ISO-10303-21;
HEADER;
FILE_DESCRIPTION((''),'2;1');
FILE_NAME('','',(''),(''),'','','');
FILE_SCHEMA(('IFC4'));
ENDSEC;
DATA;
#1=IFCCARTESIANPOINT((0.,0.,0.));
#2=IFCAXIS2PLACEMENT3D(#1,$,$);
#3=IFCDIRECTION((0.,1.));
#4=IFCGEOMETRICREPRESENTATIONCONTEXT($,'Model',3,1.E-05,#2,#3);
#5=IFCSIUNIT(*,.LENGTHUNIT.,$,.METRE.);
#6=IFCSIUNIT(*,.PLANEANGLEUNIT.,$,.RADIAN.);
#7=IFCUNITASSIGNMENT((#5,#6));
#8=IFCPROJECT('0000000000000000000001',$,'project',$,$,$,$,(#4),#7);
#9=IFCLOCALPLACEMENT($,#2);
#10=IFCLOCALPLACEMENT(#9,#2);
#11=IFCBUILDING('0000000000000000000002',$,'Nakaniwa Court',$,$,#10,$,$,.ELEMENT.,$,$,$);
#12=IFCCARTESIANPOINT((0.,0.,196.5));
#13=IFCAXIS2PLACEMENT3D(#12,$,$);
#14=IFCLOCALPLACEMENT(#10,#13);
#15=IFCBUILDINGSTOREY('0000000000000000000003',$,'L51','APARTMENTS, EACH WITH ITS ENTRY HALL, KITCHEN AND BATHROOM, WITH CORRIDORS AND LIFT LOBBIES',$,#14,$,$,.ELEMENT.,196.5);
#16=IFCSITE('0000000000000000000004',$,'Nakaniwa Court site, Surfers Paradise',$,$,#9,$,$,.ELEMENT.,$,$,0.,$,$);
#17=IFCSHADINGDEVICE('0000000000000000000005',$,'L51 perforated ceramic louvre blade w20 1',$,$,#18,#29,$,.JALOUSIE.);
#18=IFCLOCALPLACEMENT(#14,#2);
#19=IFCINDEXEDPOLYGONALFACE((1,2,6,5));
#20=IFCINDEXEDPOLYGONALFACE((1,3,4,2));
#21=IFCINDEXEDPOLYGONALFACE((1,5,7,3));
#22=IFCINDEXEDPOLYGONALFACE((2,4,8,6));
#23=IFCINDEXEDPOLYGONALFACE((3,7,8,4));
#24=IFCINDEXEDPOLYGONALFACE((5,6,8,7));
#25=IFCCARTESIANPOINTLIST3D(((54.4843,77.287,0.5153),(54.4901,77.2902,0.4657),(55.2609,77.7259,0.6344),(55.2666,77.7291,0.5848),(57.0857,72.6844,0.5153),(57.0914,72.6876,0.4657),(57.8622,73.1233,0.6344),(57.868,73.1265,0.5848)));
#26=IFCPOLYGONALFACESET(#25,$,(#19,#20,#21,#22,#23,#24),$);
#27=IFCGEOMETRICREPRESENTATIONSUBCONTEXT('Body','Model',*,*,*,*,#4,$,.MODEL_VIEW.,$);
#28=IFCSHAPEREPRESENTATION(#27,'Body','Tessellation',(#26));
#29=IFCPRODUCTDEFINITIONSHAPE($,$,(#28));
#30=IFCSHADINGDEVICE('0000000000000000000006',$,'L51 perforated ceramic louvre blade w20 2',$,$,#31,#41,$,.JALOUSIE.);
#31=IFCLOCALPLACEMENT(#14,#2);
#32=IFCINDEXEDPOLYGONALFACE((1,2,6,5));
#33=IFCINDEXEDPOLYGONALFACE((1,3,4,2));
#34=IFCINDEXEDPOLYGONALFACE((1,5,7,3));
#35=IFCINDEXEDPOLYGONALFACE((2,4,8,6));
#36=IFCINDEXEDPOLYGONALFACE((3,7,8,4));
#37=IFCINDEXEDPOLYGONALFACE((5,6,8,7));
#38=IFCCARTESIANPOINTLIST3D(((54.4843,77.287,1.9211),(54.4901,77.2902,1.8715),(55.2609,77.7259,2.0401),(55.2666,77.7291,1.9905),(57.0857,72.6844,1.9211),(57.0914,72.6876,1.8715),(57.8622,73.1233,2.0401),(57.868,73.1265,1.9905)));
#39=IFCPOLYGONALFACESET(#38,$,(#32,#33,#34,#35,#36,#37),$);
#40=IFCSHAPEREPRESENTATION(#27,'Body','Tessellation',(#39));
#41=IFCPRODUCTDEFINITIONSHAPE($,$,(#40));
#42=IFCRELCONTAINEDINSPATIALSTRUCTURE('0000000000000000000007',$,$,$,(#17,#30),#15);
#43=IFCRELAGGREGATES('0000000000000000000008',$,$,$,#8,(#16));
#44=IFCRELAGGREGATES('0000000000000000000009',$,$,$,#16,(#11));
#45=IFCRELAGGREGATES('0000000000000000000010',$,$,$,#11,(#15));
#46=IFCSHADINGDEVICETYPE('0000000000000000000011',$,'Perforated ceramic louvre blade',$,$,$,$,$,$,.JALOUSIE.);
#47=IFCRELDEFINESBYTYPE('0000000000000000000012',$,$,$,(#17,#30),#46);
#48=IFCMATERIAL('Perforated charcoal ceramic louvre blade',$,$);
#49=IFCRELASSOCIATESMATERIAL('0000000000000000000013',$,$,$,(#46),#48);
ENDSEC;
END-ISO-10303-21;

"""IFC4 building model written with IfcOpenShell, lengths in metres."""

from ifc_helpers import new_model, si_unit, direction, frame, origin, origin_2d, place, context, subcontext, project, spatial, rectangle, extrude, material, material_profile, profile_set, type_object, element, save


model = new_model("IFC4")

# Units and contexts
model_context = context("Model", 3, precision=1e-05, world=origin(), true_north=direction((0.0, 1.0)))
body_context = subcontext(model_context, "Body", "Model", "MODEL_VIEW")
ifc_project = project(units=[si_unit("LENGTHUNIT", "METRE"), si_unit("PLANEANGLEUNIT", "RADIAN")], contexts=[model_context])

# Site, building, storey
site_placement = place(None, origin())
site = spatial("IfcSite", under=ifc_project, at=site_placement, Name="Nakaniwa Court site, Surfers Paradise", CompositionType="ELEMENT", RefElevation=0.0)
building_placement = place(site_placement, origin())
building = spatial("IfcBuilding", under=site, at=building_placement, Name="Nakaniwa Court", CompositionType="ELEMENT")
storey_placement = place(building_placement, frame((0.0, 0.0, 196.5)))
storey = spatial("IfcBuildingStorey", under=building, at=storey_placement, Name="L51", Description="APARTMENTS, EACH WITH ITS ENTRY HALL, KITCHEN AND BATHROOM, WITH CORRIDORS AND LIFT LOBBIES", CompositionType="ELEMENT", Elevation=196.5)

# Shading devices
ifc_material_1 = material(Name="Perforated charcoal ceramic louvre blade")
ifc_material_profile_1 = material_profile(ifc_material_1, rectangle(XDim=0.8999, YDim=0.05, at=origin_2d()), Name="Perforated ceramic louvre blade")
ifc_profile_set_1 = profile_set([ifc_material_profile_1], Name="Perforated charcoal ceramic louvre blade")
shading_device_type = type_object("IfcShadingDeviceType", Name="Perforated ceramic louvre blade", PredefinedType="JALOUSIE", material=ifc_profile_set_1)
for number, where, z_axis, x_axis, name in (
    (1, (54.8755, 77.5081, 0.55), (0.492041, -0.870572, 0.0), (0.862925, 0.487718, 0.132256), "L51 perforated ceramic louvre blade w20 1"),
    (2, (54.8755, 77.5081, 1.9558), (0.492041, -0.870572, 0.0), (0.862925, 0.487718, 0.132256), "L51 perforated ceramic louvre blade w20 2"),
):
    element("IfcShadingDevice", number, at=place(storey_placement, frame(where, z_axis=z_axis, x_axis=x_axis)), inside=storey, type_object=shading_device_type, Name=name, PredefinedType="JALOUSIE", context=body_context, shape_type="SweptSolid", body=[
        extrude(rectangle(XDim=0.8999, YDim=0.05, at=origin_2d()), origin(), (0.0, 0.0, 1.0), 5.2869),
    ])

save(model, "model.ifc")
